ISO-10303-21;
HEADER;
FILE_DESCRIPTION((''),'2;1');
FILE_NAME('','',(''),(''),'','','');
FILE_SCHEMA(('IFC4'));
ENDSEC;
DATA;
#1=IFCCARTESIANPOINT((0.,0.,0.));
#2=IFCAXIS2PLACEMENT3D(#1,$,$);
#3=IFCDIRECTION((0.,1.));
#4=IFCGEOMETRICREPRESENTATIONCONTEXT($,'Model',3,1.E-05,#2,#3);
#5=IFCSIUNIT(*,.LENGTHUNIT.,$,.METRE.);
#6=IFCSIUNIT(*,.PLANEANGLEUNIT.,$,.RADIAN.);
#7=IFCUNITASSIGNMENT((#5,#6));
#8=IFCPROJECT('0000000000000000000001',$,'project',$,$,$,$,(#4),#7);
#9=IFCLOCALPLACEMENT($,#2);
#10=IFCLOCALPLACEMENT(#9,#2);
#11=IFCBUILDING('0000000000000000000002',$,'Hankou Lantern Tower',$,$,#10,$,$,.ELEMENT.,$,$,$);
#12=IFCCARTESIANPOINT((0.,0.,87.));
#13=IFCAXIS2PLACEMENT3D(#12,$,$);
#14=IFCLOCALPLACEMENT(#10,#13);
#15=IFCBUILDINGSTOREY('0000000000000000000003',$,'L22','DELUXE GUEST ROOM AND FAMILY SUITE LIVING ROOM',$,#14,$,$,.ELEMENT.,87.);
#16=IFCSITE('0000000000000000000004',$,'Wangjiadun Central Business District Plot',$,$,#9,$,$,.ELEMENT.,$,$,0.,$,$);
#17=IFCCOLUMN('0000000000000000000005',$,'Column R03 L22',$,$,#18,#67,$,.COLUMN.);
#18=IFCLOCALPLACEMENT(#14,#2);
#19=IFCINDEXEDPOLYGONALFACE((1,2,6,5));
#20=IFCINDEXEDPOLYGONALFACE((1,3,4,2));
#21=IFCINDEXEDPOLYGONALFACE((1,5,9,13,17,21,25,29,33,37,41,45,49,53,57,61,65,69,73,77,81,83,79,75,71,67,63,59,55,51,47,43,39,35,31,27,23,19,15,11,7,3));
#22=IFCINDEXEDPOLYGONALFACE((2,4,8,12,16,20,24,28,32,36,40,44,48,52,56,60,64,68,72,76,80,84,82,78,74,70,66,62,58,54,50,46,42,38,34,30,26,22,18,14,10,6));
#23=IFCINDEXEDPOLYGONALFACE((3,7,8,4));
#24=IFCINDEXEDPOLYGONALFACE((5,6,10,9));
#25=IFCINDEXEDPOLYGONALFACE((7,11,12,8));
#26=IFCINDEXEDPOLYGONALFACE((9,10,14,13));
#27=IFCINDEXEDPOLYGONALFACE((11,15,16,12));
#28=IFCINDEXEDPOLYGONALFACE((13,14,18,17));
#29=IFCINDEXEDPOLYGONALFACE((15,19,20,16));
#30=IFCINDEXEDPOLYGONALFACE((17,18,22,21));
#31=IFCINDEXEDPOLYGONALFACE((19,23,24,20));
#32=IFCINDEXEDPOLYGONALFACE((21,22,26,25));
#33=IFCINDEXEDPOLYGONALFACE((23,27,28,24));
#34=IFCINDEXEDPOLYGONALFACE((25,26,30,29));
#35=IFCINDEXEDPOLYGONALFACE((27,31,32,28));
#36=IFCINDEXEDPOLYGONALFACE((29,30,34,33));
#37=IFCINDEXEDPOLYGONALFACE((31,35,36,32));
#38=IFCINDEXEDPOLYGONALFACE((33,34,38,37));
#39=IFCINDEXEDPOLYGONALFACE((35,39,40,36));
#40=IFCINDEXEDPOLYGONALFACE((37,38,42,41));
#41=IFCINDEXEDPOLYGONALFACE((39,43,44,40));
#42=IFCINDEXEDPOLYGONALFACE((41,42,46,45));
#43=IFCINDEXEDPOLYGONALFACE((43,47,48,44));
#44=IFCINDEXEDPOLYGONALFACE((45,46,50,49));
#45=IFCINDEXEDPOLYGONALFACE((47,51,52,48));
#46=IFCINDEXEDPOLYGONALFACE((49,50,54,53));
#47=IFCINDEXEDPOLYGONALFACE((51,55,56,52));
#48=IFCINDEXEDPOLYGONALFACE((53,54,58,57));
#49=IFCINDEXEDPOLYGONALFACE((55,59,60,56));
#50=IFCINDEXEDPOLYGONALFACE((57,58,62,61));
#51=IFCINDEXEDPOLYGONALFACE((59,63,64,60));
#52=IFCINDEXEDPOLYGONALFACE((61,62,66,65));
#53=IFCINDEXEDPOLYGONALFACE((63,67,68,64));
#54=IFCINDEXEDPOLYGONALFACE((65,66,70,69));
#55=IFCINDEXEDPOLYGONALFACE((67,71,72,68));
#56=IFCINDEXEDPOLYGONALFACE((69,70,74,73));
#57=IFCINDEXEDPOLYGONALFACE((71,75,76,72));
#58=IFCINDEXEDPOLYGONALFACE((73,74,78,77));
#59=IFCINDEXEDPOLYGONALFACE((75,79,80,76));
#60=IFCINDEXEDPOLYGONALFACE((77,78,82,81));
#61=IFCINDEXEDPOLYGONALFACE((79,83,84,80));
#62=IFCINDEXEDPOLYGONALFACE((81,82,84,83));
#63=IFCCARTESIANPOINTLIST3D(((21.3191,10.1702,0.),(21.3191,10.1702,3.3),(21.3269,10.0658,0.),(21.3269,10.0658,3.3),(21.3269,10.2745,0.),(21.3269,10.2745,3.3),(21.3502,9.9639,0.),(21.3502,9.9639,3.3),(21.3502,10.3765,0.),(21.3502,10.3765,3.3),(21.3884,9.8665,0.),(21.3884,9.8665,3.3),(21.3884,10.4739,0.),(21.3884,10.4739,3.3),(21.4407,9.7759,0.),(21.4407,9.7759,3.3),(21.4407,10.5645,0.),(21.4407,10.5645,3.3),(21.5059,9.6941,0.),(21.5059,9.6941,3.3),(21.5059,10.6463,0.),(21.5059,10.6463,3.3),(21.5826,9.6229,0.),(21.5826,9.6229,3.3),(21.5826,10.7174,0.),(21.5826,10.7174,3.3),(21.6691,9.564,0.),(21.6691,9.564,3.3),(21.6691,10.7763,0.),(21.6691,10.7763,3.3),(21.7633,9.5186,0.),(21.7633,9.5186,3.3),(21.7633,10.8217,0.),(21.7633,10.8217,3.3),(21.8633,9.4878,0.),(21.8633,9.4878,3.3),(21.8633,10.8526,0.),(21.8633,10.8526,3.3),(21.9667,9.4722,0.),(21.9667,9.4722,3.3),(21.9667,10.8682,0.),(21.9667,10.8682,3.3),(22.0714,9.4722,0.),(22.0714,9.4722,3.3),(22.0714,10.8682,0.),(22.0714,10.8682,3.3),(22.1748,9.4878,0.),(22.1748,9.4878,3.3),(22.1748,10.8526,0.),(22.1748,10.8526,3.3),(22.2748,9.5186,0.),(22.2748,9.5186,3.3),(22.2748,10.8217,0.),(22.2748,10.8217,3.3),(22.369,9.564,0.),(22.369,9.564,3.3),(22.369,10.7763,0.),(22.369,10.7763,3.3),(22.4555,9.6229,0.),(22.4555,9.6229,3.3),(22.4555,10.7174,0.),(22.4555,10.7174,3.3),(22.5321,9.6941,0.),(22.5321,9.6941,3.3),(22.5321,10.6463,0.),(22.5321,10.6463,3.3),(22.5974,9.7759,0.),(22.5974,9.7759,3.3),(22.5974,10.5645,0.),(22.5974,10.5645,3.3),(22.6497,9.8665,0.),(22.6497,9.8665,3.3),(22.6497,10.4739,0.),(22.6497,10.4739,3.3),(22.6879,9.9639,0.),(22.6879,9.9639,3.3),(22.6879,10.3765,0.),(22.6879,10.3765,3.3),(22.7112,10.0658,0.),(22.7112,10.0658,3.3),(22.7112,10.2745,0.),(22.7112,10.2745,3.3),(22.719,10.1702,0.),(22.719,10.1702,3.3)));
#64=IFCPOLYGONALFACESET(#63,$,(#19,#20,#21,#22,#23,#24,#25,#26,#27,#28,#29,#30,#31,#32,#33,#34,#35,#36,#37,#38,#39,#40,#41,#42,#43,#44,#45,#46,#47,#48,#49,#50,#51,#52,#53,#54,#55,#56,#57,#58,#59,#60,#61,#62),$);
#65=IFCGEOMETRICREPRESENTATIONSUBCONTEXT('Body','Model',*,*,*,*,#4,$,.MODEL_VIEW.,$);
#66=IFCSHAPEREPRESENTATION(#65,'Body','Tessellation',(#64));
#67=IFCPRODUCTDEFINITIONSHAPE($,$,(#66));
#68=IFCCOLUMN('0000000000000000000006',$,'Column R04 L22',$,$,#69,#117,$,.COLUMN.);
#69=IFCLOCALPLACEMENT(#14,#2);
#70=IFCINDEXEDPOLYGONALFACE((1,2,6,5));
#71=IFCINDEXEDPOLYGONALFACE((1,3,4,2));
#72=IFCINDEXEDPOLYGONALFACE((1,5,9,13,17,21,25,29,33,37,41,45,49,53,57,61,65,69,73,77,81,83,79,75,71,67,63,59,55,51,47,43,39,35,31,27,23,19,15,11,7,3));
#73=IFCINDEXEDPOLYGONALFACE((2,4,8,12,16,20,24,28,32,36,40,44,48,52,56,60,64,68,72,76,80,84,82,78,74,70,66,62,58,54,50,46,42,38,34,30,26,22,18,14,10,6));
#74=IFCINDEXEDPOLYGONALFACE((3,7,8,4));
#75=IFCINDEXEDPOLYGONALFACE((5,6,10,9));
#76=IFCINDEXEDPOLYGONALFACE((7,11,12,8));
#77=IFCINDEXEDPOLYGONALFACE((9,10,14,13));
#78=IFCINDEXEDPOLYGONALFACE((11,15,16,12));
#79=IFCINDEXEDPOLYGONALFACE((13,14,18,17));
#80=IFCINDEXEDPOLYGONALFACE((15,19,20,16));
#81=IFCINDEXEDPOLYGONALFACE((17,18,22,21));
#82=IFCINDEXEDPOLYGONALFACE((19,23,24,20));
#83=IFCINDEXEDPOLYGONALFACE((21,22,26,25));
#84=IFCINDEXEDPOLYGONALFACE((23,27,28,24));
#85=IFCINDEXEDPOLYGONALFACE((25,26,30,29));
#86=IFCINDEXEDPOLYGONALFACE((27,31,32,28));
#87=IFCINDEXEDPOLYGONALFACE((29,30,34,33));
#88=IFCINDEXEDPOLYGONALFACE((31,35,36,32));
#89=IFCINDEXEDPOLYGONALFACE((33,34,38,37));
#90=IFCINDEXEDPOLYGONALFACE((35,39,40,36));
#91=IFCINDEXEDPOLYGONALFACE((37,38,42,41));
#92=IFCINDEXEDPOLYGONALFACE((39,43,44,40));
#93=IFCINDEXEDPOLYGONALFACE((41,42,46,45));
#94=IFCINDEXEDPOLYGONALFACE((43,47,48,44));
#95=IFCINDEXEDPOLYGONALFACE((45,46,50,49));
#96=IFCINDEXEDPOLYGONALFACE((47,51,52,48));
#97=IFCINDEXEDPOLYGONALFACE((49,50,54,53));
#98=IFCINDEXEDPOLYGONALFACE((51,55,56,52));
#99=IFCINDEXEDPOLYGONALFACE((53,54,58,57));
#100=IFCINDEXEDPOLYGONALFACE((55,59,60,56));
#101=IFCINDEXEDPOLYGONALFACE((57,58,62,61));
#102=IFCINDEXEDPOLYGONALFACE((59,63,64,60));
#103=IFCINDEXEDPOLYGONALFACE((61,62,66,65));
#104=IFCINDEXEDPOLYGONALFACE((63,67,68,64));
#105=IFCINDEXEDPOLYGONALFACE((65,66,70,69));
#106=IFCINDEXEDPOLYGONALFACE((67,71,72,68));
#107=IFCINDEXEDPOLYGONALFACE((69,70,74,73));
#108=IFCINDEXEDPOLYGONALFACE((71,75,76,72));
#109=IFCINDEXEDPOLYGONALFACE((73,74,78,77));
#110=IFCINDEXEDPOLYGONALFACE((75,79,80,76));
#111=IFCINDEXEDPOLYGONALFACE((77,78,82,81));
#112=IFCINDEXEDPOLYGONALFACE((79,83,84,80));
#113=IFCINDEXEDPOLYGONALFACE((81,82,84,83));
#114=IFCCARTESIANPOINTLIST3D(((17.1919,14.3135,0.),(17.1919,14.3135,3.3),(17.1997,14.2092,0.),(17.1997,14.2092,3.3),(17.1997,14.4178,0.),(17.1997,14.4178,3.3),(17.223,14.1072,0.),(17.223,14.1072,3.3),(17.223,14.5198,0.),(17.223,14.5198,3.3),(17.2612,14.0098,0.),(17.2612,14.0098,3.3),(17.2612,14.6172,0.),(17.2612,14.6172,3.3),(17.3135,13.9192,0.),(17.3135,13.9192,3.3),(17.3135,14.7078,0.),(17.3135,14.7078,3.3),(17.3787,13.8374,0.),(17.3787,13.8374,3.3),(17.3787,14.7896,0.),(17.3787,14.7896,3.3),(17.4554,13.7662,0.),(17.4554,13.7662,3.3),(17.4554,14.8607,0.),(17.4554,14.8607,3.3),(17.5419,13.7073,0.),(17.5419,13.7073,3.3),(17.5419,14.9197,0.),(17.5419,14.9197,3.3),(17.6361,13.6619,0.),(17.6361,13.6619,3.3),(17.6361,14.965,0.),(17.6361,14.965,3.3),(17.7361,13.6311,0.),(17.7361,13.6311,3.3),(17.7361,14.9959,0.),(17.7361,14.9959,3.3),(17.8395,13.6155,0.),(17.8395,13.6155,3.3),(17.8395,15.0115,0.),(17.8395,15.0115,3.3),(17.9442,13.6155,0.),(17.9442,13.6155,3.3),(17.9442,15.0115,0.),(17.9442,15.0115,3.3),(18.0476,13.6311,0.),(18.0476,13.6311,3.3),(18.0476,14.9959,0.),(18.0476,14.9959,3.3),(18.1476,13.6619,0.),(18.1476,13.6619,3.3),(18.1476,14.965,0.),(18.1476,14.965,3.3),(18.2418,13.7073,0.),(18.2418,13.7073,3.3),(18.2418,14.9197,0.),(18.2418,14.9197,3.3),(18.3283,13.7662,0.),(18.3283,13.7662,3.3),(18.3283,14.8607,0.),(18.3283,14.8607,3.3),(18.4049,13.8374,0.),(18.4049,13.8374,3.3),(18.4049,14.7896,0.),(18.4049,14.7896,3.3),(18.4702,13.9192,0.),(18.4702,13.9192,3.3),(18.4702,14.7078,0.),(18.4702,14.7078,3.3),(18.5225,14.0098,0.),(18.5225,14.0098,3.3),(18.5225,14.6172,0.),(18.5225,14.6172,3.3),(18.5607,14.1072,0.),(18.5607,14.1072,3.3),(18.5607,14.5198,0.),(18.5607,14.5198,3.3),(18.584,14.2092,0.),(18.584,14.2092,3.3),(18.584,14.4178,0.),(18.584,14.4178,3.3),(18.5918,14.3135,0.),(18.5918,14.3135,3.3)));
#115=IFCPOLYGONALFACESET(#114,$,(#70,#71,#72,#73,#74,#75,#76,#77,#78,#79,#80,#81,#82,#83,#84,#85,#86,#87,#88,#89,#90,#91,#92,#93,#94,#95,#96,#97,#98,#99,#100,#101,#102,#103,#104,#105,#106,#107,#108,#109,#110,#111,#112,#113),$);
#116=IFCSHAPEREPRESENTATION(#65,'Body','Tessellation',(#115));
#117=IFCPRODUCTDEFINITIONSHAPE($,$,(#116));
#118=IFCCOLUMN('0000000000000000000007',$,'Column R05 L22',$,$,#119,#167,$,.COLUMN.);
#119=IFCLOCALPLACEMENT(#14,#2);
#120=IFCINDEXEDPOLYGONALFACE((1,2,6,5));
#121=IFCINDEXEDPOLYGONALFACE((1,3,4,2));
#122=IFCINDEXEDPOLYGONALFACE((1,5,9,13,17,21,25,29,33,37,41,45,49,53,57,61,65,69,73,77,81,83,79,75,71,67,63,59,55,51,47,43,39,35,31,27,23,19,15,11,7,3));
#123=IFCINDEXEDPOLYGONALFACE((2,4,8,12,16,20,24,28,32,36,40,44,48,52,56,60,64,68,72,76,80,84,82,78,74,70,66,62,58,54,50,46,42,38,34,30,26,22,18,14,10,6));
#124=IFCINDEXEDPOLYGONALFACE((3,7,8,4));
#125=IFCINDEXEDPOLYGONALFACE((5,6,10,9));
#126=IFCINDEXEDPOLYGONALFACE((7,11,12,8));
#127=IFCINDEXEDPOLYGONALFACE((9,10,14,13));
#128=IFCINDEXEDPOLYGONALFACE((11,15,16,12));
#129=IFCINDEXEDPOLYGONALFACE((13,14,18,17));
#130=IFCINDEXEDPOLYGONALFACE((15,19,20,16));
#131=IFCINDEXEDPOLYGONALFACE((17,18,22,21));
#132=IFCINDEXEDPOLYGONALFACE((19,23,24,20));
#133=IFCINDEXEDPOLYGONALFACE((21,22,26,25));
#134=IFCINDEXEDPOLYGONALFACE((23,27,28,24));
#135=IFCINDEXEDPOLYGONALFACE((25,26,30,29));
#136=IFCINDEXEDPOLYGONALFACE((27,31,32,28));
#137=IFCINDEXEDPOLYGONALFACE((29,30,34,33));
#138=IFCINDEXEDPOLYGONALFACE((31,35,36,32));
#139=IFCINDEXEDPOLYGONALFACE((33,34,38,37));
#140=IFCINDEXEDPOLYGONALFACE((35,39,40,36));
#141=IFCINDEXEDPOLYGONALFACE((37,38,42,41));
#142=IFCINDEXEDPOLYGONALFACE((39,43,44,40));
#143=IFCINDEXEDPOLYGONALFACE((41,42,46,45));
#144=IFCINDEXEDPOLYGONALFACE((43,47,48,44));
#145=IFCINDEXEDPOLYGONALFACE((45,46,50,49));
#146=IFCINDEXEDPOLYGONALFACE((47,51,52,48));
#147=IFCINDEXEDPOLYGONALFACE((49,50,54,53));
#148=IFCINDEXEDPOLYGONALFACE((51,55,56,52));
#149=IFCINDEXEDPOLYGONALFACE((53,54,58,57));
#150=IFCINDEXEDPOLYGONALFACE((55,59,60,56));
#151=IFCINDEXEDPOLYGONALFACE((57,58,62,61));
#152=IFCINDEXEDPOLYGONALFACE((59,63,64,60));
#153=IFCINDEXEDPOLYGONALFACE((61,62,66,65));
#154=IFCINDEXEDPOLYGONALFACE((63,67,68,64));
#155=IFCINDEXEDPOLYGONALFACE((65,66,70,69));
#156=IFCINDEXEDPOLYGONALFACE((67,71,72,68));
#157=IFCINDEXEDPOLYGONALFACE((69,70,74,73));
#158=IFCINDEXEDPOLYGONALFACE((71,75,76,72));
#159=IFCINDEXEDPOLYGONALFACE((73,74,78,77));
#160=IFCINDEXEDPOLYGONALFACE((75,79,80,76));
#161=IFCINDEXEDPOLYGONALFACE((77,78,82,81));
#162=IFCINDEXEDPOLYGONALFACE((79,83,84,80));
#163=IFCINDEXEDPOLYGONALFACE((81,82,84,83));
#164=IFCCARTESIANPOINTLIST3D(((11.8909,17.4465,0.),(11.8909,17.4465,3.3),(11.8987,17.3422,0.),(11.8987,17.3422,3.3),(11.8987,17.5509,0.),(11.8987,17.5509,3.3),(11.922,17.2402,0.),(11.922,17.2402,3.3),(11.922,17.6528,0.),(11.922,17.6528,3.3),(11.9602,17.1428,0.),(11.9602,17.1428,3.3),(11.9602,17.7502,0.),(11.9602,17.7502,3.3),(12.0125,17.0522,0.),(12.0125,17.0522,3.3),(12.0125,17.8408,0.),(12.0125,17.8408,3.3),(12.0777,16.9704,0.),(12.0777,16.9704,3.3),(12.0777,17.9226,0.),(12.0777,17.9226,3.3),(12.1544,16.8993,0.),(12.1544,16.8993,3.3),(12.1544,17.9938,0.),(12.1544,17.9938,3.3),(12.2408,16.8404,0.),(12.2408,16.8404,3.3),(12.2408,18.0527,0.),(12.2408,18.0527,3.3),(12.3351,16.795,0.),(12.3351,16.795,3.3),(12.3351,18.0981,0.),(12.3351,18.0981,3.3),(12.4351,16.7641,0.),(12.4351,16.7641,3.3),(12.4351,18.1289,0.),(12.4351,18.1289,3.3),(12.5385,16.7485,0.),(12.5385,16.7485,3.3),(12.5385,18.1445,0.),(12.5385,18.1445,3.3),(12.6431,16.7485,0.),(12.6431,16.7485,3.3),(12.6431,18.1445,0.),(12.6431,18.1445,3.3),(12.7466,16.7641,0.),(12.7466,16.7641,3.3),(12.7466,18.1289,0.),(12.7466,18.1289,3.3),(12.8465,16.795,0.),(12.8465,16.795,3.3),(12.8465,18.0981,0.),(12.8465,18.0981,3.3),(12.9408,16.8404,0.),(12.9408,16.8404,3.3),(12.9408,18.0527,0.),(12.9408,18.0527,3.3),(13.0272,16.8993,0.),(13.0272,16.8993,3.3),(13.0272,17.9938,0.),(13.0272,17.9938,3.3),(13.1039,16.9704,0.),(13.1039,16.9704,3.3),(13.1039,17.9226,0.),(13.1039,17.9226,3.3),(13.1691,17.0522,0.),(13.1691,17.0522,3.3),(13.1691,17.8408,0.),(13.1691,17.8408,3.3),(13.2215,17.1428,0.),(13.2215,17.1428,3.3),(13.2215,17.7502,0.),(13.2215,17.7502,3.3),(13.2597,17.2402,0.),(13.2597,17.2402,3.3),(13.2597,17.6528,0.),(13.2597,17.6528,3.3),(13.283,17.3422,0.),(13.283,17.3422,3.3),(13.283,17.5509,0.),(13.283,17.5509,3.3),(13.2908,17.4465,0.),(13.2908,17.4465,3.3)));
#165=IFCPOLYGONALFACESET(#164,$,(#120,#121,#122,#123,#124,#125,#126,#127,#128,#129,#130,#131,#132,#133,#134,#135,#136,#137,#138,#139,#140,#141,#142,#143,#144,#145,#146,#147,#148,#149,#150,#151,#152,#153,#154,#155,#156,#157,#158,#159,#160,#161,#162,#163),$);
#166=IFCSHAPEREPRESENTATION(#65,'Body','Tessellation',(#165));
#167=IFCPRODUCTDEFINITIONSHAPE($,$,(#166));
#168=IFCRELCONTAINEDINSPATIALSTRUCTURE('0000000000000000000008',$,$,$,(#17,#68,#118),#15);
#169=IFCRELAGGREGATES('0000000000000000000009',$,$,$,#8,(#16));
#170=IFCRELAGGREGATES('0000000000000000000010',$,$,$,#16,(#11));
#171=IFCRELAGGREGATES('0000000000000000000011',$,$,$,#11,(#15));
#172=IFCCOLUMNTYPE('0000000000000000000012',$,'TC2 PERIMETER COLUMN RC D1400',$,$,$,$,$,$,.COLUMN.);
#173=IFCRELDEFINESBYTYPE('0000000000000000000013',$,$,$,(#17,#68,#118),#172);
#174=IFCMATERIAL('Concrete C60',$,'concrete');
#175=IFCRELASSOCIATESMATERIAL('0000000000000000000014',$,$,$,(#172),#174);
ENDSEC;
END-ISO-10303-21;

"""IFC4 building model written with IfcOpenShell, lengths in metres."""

from ifc_helpers import new_model, si_unit, direction, frame, origin, origin_2d, place, context, subcontext, project, spatial, circle, extrude, material, material_profile, profile_set, type_object, element, save


model = new_model("IFC4")

# Units and contexts
model_context = context("Model", 3, precision=1e-05, world=origin(), true_north=direction((0.0, 1.0)))
body_context = subcontext(model_context, "Body", "Model", "MODEL_VIEW")
ifc_project = project(units=[si_unit("LENGTHUNIT", "METRE"), si_unit("PLANEANGLEUNIT", "RADIAN")], contexts=[model_context])

# Site, building, storey
site_placement = place(None, origin())
site = spatial("IfcSite", under=ifc_project, at=site_placement, Name="Wangjiadun Central Business District Plot", CompositionType="ELEMENT", RefElevation=0.0)
building_placement = place(site_placement, origin())
building = spatial("IfcBuilding", under=site, at=building_placement, Name="Hankou Lantern Tower", CompositionType="ELEMENT")
storey_placement = place(building_placement, frame((0.0, 0.0, 87.0)))
storey = spatial("IfcBuildingStorey", under=building, at=storey_placement, Name="L22", Description="DELUXE GUEST ROOM AND FAMILY SUITE LIVING ROOM", CompositionType="ELEMENT", Elevation=87.0)

# Columns
ifc_material_1 = material(Name="Concrete C60", Category="concrete")
ifc_material_profile_1 = material_profile(ifc_material_1, circle(Radius=0.7, at=origin_2d()), Name="RC D1400")
ifc_profile_set_1 = profile_set([ifc_material_profile_1], Name="Concrete C60")
column_type = type_object("IfcColumnType", Name="TC2 PERIMETER COLUMN RC D1400", PredefinedType="COLUMN", material=ifc_profile_set_1)
for number, where, z_axis, x_axis, name in (
    (1, (22.019, 10.1702, 0.0), (0.0, 0.0, 1.0), (1.0, 0.0, 0.0), "Column R03 L22"),
    (2, (17.8918, 14.3135, 0.0), (0.0, 0.0, 1.0), (1.0, 0.0, 0.0), "Column R04 L22"),
    (3, (12.5908, 17.4465, 0.0), (0.0, 0.0, 1.0), (1.0, 0.0, 0.0), "Column R05 L22"),
):
    element("IfcColumn", number, at=place(storey_placement, frame(where, z_axis=z_axis, x_axis=x_axis)), inside=storey, type_object=column_type, Name=name, PredefinedType="COLUMN", context=body_context, shape_type="SweptSolid", body=[
        extrude(circle(Radius=0.7, at=origin_2d()), origin(), (0.0, 0.0, 1.0), 3.3),
    ])

save(model, "model.ifc")
